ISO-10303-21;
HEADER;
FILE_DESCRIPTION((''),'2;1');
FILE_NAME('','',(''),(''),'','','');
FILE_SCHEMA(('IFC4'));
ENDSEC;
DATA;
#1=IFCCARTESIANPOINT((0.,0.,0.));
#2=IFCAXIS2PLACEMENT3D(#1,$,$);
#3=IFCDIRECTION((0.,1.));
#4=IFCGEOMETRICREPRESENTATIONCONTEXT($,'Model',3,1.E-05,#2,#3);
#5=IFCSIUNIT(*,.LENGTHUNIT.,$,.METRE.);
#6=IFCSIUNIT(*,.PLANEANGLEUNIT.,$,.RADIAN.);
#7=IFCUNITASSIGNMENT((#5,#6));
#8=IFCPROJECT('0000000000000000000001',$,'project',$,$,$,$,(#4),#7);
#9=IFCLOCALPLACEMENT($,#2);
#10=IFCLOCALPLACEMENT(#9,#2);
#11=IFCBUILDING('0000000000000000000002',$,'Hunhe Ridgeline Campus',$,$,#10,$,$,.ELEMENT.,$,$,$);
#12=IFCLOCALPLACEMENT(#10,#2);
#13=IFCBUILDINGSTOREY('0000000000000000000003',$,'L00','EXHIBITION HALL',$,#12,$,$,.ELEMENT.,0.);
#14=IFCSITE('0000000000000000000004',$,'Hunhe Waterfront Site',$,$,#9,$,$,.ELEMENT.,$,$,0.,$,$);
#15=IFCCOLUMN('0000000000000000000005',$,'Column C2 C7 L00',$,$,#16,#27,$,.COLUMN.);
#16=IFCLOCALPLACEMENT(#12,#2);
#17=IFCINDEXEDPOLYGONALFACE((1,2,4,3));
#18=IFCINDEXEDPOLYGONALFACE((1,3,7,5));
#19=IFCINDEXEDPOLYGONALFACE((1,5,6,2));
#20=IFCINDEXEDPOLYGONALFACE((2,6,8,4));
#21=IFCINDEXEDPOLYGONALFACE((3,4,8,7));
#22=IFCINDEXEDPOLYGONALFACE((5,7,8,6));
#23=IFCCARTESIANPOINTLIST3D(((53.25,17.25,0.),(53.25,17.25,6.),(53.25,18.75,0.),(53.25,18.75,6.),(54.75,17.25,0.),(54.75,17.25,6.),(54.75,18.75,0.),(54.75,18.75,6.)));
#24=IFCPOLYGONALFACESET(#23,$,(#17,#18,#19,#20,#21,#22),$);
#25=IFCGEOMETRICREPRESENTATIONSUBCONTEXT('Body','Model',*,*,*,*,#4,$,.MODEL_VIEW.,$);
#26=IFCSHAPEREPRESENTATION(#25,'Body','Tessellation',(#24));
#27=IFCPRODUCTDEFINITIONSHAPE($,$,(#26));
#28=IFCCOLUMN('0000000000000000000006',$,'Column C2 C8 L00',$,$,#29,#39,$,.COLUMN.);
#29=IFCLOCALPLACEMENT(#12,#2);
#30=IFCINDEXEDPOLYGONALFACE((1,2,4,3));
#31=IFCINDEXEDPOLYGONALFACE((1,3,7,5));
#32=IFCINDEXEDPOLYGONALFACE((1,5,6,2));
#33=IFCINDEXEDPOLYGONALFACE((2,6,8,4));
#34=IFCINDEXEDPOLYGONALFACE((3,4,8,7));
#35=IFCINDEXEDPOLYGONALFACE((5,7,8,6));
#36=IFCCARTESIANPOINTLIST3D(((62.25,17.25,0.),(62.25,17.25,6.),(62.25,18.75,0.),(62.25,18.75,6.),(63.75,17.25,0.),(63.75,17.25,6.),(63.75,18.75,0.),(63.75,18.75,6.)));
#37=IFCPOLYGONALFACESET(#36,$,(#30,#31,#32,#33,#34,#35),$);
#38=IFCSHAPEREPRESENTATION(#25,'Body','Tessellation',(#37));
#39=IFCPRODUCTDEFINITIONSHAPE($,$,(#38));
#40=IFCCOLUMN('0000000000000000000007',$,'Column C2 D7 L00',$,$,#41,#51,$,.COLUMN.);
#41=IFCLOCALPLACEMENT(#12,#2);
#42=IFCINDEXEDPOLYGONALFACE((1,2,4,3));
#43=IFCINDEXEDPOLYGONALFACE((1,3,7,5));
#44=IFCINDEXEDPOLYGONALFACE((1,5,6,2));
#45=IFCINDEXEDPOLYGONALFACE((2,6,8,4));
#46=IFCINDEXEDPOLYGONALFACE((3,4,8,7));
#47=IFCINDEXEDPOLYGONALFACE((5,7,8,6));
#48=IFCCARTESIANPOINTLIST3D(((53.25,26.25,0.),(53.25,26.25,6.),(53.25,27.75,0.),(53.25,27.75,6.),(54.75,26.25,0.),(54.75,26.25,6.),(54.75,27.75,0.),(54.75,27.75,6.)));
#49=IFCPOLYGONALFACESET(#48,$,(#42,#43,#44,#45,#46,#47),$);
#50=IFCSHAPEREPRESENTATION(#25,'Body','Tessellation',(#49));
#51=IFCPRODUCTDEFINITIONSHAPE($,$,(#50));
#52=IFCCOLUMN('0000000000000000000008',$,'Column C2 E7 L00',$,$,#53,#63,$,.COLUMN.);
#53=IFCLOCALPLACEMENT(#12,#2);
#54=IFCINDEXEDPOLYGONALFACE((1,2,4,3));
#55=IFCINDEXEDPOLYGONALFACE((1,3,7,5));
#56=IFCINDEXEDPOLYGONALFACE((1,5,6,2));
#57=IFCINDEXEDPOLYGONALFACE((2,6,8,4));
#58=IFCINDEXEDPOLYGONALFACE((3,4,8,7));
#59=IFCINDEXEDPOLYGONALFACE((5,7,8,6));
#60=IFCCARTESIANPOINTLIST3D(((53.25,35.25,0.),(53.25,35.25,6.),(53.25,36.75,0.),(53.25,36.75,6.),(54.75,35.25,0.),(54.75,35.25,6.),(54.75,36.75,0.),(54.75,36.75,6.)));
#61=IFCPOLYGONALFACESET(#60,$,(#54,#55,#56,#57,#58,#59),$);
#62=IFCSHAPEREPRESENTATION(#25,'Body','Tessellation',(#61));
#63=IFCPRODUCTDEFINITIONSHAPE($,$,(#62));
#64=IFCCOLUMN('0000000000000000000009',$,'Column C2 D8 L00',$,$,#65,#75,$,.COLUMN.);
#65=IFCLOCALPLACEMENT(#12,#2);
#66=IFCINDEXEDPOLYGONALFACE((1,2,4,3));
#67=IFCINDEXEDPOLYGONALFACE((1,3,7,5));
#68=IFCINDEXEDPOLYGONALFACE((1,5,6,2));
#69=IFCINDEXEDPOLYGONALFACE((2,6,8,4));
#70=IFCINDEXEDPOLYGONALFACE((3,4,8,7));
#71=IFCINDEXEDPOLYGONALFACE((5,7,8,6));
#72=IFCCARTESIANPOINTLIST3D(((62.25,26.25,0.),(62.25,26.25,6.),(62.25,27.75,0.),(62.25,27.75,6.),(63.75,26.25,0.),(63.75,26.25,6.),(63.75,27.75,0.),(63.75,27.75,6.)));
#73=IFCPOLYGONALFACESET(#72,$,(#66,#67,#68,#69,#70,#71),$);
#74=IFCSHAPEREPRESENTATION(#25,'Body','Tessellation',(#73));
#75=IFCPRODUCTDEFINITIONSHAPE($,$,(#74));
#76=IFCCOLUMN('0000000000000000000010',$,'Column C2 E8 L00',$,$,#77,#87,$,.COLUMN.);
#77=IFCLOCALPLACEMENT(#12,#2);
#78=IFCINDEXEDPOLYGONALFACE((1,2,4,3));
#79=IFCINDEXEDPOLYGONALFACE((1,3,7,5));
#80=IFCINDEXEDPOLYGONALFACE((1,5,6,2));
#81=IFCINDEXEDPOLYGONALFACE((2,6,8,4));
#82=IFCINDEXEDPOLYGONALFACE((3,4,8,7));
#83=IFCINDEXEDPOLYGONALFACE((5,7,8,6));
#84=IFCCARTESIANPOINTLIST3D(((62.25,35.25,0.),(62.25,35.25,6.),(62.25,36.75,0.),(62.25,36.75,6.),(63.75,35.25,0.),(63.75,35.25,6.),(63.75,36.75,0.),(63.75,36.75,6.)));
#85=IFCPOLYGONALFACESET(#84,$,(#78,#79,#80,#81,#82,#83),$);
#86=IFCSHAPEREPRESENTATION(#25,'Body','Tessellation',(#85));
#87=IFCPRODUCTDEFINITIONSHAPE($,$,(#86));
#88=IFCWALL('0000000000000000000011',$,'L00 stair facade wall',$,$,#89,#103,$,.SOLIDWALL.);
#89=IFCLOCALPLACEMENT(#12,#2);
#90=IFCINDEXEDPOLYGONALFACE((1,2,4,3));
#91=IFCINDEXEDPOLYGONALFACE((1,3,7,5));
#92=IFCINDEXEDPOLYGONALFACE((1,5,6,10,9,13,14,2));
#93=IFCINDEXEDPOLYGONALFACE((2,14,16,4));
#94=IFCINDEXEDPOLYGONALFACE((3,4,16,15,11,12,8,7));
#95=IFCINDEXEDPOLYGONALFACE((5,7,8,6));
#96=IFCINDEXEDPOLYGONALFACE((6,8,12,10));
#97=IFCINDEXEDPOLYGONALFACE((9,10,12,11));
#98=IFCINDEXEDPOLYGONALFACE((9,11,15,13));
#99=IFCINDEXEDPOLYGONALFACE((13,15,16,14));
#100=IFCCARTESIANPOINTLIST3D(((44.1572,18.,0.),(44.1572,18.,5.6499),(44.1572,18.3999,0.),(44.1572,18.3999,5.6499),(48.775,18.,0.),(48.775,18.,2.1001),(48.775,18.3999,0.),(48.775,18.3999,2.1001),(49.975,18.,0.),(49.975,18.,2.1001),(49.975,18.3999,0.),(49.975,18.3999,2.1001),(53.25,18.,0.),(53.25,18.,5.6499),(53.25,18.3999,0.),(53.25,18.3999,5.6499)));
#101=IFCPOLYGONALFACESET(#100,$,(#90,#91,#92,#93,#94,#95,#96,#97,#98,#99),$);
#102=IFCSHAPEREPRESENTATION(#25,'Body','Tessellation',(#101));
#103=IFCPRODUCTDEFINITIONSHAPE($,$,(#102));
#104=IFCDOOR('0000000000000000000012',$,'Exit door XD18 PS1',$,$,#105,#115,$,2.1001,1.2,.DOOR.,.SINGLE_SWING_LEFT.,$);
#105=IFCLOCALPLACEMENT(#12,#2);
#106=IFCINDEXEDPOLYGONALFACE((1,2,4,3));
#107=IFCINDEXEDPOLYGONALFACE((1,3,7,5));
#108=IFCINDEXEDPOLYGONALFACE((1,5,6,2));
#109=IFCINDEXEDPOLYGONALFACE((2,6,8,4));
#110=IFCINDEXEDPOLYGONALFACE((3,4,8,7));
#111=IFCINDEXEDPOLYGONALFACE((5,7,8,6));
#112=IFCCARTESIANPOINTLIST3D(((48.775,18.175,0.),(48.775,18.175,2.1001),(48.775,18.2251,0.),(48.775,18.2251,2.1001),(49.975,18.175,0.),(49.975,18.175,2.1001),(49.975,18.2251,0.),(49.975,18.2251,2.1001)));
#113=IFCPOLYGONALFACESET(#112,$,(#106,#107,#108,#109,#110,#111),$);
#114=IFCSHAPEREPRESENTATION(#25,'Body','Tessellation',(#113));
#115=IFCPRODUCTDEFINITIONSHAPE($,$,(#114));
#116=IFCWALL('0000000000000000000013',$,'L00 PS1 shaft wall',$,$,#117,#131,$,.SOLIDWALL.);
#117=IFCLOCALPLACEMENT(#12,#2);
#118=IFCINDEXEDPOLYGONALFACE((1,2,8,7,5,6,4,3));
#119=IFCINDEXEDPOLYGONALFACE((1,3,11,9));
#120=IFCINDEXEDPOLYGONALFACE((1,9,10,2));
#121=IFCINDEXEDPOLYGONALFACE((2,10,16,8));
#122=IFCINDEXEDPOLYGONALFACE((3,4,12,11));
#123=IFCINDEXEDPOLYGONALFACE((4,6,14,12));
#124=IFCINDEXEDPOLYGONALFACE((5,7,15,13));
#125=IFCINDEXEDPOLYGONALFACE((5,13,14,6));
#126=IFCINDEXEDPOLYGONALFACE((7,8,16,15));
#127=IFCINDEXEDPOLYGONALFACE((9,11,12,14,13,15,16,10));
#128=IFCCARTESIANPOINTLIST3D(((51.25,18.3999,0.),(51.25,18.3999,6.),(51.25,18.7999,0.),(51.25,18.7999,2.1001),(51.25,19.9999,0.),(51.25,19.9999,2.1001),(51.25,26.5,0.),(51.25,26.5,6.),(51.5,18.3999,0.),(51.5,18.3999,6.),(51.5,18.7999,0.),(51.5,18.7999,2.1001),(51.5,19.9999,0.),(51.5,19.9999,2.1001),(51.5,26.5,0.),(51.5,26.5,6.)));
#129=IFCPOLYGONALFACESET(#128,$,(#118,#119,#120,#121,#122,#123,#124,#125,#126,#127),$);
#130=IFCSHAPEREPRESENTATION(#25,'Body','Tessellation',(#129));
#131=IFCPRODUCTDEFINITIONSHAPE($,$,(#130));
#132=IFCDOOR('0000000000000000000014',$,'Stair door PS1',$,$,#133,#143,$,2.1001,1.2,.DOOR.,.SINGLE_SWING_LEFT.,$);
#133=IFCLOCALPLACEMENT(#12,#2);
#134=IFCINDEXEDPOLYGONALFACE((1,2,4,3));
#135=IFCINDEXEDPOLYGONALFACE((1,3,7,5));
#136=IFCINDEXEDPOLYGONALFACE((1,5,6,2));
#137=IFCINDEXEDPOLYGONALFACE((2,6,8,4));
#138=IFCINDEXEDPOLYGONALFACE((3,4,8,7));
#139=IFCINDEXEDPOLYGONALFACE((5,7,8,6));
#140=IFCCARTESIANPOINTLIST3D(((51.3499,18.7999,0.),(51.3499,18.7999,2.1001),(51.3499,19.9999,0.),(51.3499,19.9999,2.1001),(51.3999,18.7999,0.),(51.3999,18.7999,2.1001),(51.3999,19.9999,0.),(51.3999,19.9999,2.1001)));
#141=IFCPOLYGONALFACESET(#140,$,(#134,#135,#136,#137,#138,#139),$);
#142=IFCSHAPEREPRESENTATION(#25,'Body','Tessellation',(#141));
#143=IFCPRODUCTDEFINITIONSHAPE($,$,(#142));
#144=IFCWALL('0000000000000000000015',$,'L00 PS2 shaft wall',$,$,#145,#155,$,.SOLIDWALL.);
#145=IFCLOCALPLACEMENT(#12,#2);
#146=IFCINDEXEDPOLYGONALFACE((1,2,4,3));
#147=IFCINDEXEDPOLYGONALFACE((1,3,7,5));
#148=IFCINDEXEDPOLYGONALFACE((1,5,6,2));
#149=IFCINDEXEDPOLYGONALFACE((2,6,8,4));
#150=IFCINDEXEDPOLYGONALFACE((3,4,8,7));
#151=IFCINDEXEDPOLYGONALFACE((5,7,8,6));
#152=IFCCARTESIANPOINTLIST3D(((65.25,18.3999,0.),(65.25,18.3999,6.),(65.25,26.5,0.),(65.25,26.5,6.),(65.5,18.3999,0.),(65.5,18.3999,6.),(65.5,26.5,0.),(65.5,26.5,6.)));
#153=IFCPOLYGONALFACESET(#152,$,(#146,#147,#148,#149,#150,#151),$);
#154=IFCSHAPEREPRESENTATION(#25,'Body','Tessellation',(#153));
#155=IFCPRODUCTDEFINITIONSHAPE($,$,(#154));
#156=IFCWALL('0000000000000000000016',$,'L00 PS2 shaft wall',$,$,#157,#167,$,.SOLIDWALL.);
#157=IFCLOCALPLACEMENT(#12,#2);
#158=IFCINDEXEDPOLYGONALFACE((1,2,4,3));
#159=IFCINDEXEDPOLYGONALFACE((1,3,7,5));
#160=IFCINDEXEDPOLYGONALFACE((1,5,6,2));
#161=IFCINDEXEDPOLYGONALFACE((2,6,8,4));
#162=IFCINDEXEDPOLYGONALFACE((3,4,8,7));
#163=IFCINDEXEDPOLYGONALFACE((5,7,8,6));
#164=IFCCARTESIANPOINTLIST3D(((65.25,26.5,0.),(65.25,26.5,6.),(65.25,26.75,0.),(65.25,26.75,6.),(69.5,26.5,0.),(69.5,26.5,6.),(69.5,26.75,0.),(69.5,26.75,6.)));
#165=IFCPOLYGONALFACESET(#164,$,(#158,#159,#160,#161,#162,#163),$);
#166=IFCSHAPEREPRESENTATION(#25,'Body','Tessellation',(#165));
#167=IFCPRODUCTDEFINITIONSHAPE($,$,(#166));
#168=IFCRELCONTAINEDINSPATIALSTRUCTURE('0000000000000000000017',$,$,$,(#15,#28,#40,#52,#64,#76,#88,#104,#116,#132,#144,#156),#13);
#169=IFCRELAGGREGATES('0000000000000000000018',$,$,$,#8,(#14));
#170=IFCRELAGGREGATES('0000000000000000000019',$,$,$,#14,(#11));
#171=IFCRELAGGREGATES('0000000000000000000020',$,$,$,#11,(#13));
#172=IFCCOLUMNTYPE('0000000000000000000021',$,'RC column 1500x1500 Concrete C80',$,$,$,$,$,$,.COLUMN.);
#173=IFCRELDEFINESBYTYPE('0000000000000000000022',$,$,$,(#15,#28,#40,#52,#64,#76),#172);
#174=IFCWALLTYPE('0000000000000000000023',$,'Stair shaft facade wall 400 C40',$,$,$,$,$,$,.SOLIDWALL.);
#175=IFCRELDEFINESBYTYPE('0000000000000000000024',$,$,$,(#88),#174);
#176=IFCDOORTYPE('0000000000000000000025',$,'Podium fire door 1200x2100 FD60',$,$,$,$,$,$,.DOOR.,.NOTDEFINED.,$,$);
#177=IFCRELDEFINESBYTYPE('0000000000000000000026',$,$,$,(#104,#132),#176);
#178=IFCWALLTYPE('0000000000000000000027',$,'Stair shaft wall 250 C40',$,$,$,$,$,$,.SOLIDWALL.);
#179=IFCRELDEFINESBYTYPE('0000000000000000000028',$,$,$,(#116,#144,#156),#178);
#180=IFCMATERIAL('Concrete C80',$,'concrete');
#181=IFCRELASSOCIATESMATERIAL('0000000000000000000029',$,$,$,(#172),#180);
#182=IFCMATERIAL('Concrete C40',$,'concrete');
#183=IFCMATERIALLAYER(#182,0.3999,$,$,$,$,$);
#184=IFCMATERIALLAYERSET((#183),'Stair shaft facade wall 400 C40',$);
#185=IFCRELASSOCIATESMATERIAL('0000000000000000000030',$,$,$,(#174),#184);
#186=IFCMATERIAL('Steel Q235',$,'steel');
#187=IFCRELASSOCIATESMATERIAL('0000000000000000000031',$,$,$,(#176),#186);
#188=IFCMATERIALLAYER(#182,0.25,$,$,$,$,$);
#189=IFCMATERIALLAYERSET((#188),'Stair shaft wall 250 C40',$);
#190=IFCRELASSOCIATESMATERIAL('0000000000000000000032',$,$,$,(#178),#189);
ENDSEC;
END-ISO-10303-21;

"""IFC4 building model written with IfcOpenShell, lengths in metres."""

from ifc_helpers import new_model, si_unit, direction, frame, frame_2d, origin, origin_2d, place, context, subcontext, project, spatial, rectangle, extrude, material, layer, layer_set, material_profile, profile_set, type_object, element, fill, save


model = new_model("IFC4")

# Units and contexts
model_context = context("Model", 3, precision=1e-05, world=origin(), true_north=direction((0.0, 1.0)))
body_context = subcontext(model_context, "Body", "Model", "MODEL_VIEW")
ifc_project = project(units=[si_unit("LENGTHUNIT", "METRE"), si_unit("PLANEANGLEUNIT", "RADIAN")], contexts=[model_context])

# Site, building, storey
site_placement = place(None, origin())
site = spatial("IfcSite", under=ifc_project, at=site_placement, Name="Hunhe Waterfront Site", CompositionType="ELEMENT", RefElevation=0.0)
building_placement = place(site_placement, origin())
building = spatial("IfcBuilding", under=site, at=building_placement, Name="Hunhe Ridgeline Campus", CompositionType="ELEMENT")
storey_placement = place(building_placement, origin())
storey = spatial("IfcBuildingStorey", under=building, at=storey_placement, Name="L00", Description="EXHIBITION HALL", CompositionType="ELEMENT", Elevation=0.0)

# Columns
ifc_material_1 = material(Name="Concrete C80", Category="concrete")
ifc_material_profile = material_profile(ifc_material_1, rectangle(XDim=1.5, YDim=1.5, at=origin_2d()))
ifc_profile_set = profile_set([ifc_material_profile], Name="Concrete C80")
column_type = type_object("IfcColumnType", Name="RC column 1500x1500 Concrete C80", PredefinedType="COLUMN", material=ifc_profile_set)
for number, where, z_axis, x_axis, name in (
    (1, (54.0, 18.0, 0.0), (0.0, 0.0, 1.0), (1.0, 0.0, 0.0), "Column C2 C7 L00"),
    (2, (63.0, 18.0, 0.0), (0.0, 0.0, 1.0), (1.0, 0.0, 0.0), "Column C2 C8 L00"),
    (3, (54.0, 27.0, 0.0), (0.0, 0.0, 1.0), (1.0, 0.0, 0.0), "Column C2 D7 L00"),
    (4, (54.0, 36.0, 0.0), (0.0, 0.0, 1.0), (1.0, 0.0, 0.0), "Column C2 E7 L00"),
    (5, (63.0, 27.0, 0.0), (0.0, 0.0, 1.0), (1.0, 0.0, 0.0), "Column C2 D8 L00"),
    (6, (63.0, 36.0, 0.0), (0.0, 0.0, 1.0), (1.0, 0.0, 0.0), "Column C2 E8 L00"),
):
    element("IfcColumn", number, at=place(storey_placement, frame(where, z_axis=z_axis, x_axis=x_axis)), inside=storey, type_object=column_type, Name=name, PredefinedType="COLUMN", context=body_context, shape_type="SweptSolid", body=[
        extrude(rectangle(XDim=1.5, YDim=1.5, at=origin_2d()), origin(), (0.0, 0.0, 1.0), 6.0),
    ])

# Shared definitions
ifc_material_2 = material(Name="Concrete C40", Category="concrete")

# Walls, openings, doors
ifc_layer_1 = layer(ifc_material_2, 0.3999)
ifc_layer_set_1 = layer_set([ifc_layer_1], Name="Stair shaft facade wall 400 C40")
wall_type_1 = type_object("IfcWallType", Name="Stair shaft facade wall 400 C40", PredefinedType="SOLIDWALL", material=ifc_layer_set_1)
wall_1_placement = place(storey_placement, frame((53.25, 18.2, 0.0), z_axis=(0.0, 0.0, 1.0), x_axis=(-1.0, 0.0, 0.0)))
wall_1 = element("IfcWall", 7, at=wall_1_placement, inside=storey, type_object=wall_type_1, Name="L00 stair facade wall", PredefinedType="SOLIDWALL", context=body_context, shape_type="SweptSolid", body=[
    extrude(rectangle(XDim=9.0928, YDim=0.3999, at=frame_2d((4.5464, 0.0))), origin(), (0.0, 0.0, 1.0), 5.6499),
])
opening_1_placement = place(wall_1_placement, frame((3.2749, 0.0, 0.0)))
opening_1 = element("IfcOpeningElement", 8, at=opening_1_placement, cuts=wall_1, PredefinedType="OPENING", context=body_context, shape_type="SweptSolid", body=[
    extrude(rectangle(XDim=1.2, YDim=2.1001, at=frame_2d((0.6001, 1.05))), frame((0.0, 0.2, 0.0), z_axis=(0.0, -1.0, 0.0), x_axis=(1.0, 0.0, 0.0)), (0.0, 0.0, 1.0), 0.3999),
])
ifc_material_3 = material(Name="Steel Q235", Category="steel")
door_type_1 = type_object("IfcDoorType", Name="Podium fire door 1200x2100 FD60", OperationType="NOTDEFINED", PredefinedType="DOOR", material=ifc_material_3)
door_1_placement = place(opening_1_placement, origin())
door_1 = element("IfcDoor", 9, at=door_1_placement, inside=storey, type_object=door_type_1, Name="Exit door XD18 PS1", OperationType="SINGLE_SWING_LEFT", OverallHeight=2.1001, OverallWidth=1.2, PredefinedType="DOOR", context=body_context, shape_type="SweptSolid", body=[
    extrude(rectangle(XDim=1.2, YDim=2.1001, at=frame_2d((0.6001, 1.05))), frame((0.0, 0.0249, 0.0), z_axis=(0.0, -1.0, 0.0), x_axis=(1.0, 0.0, 0.0)), (0.0, 0.0, 1.0), 0.05),
])
fill(opening_1, door_1)
ifc_layer_2 = layer(ifc_material_2, 0.25)
ifc_layer_set_2 = layer_set([ifc_layer_2], Name="Stair shaft wall 250 C40")
wall_type_2 = type_object("IfcWallType", Name="Stair shaft wall 250 C40", PredefinedType="SOLIDWALL", material=ifc_layer_set_2)
wall_2_placement = place(storey_placement, frame((51.375, 26.5, 0.0), z_axis=(0.0, 0.0, 1.0), x_axis=(0.0, -1.0, 0.0)))
wall_2 = element("IfcWall", 10, at=wall_2_placement, inside=storey, type_object=wall_type_2, Name="L00 PS1 shaft wall", PredefinedType="SOLIDWALL", context=body_context, shape_type="SweptSolid", body=[
    extrude(rectangle(XDim=8.1001, YDim=0.25, at=frame_2d((4.05, 0.0))), origin(), (0.0, 0.0, 1.0), 6.0),
])
opening_2_placement = place(wall_2_placement, frame((6.5, 0.0, 0.0)))
opening_2 = element("IfcOpeningElement", 11, at=opening_2_placement, cuts=wall_2, PredefinedType="OPENING", context=body_context, shape_type="SweptSolid", body=[
    extrude(rectangle(XDim=1.2, YDim=2.1001, at=frame_2d((0.6001, 1.05))), frame((0.0, 0.125, 0.0), z_axis=(0.0, -1.0, 0.0), x_axis=(1.0, 0.0, 0.0)), (0.0, 0.0, 1.0), 0.25),
])
door_2_placement = place(opening_2_placement, origin())
door_2 = element("IfcDoor", 12, at=door_2_placement, inside=storey, type_object=door_type_1, Name="Stair door PS1", OperationType="SINGLE_SWING_LEFT", OverallHeight=2.1001, OverallWidth=1.2, PredefinedType="DOOR", context=body_context, shape_type="SweptSolid", body=[
    extrude(rectangle(XDim=1.2, YDim=2.1001, at=frame_2d((0.6001, 1.05))), frame((0.0, 0.0249, 0.0), z_axis=(0.0, -1.0, 0.0), x_axis=(1.0, 0.0, 0.0)), (0.0, 0.0, 1.0), 0.05),
])
fill(opening_2, door_2)

# Walls
wall_3_placement = place(storey_placement, frame((65.375, 18.3999, 0.0), z_axis=(0.0, 0.0, 1.0), x_axis=(0.0, 1.0, 0.0)))
element("IfcWall", 13, at=wall_3_placement, inside=storey, type_object=wall_type_2, Name="L00 PS2 shaft wall", PredefinedType="SOLIDWALL", context=body_context, shape_type="SweptSolid", body=[
    extrude(rectangle(XDim=8.1001, YDim=0.25, at=frame_2d((4.05, 0.0))), origin(), (0.0, 0.0, 1.0), 6.0),
])
wall_4_placement = place(storey_placement, frame((65.25, 26.625, 0.0), z_axis=(0.0, 0.0, 1.0), x_axis=(1.0, 0.0, 0.0)))
element("IfcWall", 14, at=wall_4_placement, inside=storey, type_object=wall_type_2, Name="L00 PS2 shaft wall", PredefinedType="SOLIDWALL", context=body_context, shape_type="SweptSolid", body=[
    extrude(rectangle(XDim=4.25, YDim=0.25, at=frame_2d((2.125, 0.0))), origin(), (0.0, 0.0, 1.0), 6.0),
])

save(model, "model.ifc")
